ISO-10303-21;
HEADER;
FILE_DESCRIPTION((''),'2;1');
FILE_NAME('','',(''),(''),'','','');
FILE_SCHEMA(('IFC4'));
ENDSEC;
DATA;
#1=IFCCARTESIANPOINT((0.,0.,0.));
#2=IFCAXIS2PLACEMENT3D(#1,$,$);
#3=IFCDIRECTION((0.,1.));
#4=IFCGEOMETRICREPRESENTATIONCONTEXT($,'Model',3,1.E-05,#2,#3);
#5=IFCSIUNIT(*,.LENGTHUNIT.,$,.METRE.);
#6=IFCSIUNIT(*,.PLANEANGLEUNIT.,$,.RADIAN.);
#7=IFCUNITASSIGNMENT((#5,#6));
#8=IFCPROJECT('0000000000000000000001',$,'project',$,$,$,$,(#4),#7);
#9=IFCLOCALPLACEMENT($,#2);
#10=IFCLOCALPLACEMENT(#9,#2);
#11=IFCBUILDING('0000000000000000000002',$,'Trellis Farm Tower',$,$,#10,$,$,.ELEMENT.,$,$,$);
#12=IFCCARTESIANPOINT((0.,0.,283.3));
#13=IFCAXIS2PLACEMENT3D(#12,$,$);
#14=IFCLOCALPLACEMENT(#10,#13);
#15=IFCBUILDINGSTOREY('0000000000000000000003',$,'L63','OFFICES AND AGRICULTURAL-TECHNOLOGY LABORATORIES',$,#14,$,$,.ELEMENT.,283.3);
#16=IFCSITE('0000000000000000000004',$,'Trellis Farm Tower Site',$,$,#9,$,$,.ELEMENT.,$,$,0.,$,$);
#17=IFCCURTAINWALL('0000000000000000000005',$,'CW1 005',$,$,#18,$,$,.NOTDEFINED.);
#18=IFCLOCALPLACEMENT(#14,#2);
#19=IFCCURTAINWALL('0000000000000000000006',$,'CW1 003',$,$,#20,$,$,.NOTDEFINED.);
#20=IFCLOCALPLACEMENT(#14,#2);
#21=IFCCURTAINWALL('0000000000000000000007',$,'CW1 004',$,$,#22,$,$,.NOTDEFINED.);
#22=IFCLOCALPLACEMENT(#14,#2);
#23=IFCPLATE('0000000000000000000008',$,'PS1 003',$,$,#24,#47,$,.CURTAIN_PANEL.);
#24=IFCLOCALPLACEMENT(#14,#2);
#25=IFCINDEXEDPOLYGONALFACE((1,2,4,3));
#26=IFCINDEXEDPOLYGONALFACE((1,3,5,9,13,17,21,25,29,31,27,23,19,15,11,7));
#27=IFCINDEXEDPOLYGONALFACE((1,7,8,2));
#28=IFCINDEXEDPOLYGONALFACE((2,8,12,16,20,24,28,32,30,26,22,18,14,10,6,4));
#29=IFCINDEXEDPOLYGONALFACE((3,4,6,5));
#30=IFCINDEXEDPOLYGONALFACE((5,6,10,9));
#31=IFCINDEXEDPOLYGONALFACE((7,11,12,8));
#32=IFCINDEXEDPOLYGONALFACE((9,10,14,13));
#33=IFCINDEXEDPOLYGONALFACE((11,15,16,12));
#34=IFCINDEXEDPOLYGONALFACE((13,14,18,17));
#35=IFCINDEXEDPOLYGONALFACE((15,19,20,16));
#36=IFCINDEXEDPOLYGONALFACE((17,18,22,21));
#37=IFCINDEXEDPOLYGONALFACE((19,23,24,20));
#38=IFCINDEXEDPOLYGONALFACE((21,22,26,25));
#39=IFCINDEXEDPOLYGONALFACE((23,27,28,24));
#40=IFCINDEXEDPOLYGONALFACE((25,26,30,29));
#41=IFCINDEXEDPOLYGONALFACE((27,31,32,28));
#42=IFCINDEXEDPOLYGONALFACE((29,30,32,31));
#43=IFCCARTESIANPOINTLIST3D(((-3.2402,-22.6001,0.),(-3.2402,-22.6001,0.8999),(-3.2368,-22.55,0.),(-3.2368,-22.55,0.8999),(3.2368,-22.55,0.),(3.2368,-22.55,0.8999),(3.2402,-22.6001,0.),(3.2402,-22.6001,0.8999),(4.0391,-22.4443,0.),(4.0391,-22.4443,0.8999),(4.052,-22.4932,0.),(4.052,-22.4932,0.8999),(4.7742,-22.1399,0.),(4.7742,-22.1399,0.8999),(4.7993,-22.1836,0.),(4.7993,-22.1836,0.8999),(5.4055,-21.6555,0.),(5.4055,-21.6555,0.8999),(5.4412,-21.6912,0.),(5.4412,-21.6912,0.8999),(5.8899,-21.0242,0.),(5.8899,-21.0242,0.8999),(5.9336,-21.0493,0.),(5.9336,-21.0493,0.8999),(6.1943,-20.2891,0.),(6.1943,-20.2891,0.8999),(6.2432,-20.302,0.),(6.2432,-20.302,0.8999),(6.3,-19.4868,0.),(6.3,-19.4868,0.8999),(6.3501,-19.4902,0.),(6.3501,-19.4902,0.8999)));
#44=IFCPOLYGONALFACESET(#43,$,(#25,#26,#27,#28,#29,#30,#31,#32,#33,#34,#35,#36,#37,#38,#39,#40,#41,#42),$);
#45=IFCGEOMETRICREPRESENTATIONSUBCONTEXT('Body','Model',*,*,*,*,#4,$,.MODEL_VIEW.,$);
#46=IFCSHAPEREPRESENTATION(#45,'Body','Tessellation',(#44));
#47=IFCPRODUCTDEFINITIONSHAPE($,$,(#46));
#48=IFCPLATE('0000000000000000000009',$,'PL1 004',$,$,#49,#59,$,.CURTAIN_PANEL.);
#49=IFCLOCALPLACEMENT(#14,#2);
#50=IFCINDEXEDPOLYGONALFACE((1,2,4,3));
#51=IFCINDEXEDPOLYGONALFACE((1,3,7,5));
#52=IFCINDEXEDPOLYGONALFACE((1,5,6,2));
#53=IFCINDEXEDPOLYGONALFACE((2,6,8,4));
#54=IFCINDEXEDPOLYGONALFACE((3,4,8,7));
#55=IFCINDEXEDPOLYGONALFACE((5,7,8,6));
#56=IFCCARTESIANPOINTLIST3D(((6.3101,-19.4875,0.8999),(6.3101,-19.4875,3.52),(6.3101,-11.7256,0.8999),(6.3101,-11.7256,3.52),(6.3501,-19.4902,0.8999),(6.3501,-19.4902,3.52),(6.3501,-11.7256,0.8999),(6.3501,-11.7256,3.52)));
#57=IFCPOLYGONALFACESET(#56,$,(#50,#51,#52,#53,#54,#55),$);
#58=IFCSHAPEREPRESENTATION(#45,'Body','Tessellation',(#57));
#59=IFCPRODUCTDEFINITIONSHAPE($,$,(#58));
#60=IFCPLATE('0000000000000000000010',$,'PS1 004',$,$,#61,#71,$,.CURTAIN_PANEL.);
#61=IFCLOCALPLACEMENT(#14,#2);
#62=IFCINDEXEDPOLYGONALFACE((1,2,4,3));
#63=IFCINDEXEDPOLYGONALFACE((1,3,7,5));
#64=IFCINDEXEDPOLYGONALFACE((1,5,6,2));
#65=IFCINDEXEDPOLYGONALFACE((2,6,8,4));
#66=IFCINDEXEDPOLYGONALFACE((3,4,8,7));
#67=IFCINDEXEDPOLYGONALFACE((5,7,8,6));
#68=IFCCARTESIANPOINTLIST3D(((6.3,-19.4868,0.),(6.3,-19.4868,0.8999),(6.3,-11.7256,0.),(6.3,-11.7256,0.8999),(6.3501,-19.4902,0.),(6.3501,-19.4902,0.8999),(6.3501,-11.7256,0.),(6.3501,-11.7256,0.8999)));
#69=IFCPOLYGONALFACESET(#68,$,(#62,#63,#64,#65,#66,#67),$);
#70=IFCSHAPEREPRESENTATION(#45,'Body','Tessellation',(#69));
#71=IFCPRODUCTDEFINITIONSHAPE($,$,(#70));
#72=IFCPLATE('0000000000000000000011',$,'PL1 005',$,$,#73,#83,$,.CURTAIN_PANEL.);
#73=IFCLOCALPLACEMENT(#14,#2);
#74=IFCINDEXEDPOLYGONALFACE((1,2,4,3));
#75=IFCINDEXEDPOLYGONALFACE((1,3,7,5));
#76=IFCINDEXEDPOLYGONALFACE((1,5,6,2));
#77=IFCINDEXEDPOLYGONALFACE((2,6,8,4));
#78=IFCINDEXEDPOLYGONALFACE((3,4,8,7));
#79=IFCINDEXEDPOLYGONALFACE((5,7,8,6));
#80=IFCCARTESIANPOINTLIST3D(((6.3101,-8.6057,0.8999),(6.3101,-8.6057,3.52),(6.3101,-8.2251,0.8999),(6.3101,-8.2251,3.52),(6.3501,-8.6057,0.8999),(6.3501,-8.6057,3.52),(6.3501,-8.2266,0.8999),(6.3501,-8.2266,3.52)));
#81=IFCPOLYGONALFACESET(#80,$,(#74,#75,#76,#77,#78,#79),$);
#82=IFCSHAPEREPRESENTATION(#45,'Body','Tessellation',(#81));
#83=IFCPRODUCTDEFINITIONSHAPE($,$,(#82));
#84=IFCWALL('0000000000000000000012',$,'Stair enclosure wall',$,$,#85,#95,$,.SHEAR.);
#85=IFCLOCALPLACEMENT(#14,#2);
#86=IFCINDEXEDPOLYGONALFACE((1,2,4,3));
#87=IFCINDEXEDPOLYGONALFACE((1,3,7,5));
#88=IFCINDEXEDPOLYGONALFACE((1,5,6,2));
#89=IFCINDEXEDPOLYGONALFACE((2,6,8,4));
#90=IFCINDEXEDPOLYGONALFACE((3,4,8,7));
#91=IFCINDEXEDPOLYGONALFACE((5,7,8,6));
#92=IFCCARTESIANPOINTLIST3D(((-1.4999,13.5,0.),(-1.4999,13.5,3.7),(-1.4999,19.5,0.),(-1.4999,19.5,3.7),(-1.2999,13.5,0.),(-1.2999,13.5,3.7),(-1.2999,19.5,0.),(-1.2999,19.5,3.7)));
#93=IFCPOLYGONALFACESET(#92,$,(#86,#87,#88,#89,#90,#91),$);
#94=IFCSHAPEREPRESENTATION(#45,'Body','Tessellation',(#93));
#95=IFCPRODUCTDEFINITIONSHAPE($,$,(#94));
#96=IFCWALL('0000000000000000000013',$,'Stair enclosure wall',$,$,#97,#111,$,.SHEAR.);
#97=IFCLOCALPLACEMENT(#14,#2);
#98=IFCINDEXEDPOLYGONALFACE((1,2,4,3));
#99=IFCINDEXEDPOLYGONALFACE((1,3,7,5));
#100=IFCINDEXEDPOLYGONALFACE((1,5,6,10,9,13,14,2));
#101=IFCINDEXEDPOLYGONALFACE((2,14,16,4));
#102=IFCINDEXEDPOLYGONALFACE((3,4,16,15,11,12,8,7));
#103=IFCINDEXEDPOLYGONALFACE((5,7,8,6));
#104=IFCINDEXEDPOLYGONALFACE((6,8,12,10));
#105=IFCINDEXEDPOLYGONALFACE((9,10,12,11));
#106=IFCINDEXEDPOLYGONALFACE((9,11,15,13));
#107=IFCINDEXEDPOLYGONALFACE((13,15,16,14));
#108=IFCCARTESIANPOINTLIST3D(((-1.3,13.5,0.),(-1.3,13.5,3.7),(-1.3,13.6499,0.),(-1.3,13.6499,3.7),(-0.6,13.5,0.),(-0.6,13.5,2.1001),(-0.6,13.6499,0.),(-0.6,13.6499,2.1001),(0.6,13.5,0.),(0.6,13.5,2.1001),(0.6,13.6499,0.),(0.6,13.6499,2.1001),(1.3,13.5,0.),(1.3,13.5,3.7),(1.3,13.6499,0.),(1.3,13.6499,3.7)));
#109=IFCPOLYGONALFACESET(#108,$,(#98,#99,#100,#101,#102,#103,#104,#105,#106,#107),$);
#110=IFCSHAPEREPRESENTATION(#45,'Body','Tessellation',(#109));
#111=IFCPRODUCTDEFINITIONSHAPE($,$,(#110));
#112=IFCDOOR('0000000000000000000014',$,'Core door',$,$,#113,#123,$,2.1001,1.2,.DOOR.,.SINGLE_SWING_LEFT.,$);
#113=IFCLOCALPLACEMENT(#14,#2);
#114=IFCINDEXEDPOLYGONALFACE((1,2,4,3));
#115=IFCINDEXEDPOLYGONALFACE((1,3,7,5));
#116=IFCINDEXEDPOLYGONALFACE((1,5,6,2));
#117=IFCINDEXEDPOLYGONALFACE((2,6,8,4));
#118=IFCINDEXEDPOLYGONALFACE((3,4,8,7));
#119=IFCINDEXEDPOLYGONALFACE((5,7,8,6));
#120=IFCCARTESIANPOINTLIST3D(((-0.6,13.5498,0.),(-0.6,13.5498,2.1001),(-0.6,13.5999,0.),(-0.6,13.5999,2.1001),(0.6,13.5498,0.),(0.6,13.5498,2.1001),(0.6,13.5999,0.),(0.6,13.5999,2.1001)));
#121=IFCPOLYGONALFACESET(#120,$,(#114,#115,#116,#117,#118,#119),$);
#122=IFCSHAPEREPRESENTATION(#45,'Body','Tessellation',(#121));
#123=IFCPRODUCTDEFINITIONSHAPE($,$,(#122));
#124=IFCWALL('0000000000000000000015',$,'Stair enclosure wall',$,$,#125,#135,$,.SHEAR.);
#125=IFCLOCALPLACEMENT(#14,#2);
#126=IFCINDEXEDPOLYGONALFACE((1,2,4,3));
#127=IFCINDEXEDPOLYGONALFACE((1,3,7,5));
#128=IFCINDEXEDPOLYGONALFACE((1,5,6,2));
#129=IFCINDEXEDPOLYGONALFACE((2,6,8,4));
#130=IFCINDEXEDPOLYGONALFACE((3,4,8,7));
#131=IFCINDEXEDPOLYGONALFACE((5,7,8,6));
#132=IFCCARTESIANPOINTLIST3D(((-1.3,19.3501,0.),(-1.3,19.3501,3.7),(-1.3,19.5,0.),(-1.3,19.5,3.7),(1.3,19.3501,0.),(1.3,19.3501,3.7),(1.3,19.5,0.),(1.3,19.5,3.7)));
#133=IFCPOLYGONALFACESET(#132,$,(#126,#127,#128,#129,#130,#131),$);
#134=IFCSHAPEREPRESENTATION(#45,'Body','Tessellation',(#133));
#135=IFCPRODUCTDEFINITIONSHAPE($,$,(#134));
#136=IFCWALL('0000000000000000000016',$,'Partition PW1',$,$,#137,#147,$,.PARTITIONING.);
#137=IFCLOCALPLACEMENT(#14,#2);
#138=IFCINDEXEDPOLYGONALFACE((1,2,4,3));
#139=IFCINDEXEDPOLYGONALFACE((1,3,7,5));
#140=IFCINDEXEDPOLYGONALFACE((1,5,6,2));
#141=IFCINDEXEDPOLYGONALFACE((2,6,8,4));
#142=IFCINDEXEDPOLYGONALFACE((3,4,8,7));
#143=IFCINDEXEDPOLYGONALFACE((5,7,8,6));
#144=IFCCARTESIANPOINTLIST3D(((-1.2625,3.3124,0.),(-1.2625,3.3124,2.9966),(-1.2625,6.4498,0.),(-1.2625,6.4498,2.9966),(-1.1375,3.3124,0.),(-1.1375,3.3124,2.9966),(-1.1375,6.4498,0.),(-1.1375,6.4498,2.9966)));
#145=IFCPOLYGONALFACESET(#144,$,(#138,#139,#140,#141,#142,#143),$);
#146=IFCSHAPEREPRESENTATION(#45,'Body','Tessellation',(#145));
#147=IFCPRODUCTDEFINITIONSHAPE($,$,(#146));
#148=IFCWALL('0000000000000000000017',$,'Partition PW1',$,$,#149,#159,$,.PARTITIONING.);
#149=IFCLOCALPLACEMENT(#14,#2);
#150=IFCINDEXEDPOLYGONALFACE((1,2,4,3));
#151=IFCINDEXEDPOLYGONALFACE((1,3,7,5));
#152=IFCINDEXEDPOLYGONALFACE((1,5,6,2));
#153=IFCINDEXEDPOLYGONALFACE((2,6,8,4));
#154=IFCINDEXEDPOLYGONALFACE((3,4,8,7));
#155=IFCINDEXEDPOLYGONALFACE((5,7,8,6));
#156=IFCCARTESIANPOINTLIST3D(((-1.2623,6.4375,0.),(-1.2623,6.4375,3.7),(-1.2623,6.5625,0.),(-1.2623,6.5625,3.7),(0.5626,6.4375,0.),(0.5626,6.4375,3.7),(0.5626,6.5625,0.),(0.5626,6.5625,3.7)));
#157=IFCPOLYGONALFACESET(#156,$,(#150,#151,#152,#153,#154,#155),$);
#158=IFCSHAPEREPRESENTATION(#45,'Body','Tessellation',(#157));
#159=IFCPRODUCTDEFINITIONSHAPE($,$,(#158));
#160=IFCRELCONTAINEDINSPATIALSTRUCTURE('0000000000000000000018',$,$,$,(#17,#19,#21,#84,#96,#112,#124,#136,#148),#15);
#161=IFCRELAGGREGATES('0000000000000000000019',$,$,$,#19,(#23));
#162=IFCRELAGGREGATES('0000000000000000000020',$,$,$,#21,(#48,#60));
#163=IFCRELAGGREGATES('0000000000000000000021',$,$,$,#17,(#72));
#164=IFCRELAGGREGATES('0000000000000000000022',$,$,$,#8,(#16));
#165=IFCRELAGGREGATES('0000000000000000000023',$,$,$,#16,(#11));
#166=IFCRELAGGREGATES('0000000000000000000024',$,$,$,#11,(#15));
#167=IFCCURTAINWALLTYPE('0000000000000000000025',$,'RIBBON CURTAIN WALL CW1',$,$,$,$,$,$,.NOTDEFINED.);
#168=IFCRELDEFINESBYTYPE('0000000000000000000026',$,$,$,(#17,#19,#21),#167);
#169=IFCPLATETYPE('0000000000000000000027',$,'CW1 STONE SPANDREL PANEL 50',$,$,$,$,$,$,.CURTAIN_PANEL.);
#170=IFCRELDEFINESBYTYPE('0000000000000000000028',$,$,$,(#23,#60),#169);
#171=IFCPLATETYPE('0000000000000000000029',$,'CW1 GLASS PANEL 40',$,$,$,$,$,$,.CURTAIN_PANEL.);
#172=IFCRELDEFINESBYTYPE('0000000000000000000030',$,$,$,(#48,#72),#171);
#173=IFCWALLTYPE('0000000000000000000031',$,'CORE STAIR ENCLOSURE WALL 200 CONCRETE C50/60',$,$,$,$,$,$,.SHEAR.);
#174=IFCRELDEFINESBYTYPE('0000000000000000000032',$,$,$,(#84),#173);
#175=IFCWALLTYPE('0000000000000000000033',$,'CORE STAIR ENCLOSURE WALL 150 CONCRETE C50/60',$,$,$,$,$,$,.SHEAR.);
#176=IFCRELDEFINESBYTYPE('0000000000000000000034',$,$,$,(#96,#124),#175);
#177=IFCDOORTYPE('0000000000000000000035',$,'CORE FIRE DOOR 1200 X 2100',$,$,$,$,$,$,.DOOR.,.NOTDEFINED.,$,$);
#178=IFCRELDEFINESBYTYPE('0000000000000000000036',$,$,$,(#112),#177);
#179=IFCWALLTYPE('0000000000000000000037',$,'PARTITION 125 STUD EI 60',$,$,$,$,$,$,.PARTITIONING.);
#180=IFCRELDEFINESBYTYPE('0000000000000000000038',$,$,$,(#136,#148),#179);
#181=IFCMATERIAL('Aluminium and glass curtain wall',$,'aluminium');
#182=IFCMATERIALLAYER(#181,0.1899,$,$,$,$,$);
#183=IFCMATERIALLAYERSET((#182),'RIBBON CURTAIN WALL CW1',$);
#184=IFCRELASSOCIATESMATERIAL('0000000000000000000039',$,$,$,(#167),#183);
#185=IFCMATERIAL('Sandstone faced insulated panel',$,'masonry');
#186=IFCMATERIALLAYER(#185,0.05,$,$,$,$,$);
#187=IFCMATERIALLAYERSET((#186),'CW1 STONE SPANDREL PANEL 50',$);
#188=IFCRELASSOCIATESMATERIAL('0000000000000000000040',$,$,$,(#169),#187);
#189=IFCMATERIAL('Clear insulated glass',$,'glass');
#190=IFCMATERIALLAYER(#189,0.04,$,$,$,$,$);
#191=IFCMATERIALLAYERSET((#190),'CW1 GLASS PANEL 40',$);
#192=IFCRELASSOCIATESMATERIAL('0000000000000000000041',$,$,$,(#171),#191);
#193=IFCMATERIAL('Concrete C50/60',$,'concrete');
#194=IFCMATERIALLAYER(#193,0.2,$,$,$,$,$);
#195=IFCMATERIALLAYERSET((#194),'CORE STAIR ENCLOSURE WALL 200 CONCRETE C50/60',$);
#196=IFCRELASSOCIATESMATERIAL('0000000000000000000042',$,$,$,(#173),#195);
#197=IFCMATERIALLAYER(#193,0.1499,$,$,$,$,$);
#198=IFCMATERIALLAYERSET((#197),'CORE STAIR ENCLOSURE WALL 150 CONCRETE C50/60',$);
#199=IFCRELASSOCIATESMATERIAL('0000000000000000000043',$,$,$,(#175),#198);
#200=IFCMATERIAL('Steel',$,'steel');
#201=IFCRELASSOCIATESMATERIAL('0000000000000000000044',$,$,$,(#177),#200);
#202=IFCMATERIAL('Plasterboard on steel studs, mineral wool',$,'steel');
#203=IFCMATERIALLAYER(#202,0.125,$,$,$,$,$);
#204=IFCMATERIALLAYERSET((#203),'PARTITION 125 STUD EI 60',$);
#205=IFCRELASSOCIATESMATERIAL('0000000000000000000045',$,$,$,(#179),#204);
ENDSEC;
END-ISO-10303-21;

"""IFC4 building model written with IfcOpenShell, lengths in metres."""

from ifc_helpers import new_model, si_unit, direction, frame, frame_2d, origin, place, context, subcontext, project, spatial, polyline, rectangle, outline, extrude, source, transform, mapped, material, layer, layer_set, type_object, element, fill, aggregate, save


model = new_model("IFC4")

# Units and contexts
model_context = context("Model", 3, precision=1e-05, world=origin(), true_north=direction((0.0, 1.0)))
body_context = subcontext(model_context, "Body", "Model", "MODEL_VIEW")
ifc_project = project(units=[si_unit("LENGTHUNIT", "METRE"), si_unit("PLANEANGLEUNIT", "RADIAN")], contexts=[model_context])

# Site, building, storey
site_placement = place(None, origin())
site = spatial("IfcSite", under=ifc_project, at=site_placement, Name="Trellis Farm Tower Site", CompositionType="ELEMENT", RefElevation=0.0)
building_placement = place(site_placement, origin())
building = spatial("IfcBuilding", under=site, at=building_placement, Name="Trellis Farm Tower", CompositionType="ELEMENT")
storey_placement = place(building_placement, frame((0.0, 0.0, 283.3)))
storey = spatial("IfcBuildingStorey", under=building, at=storey_placement, Name="L63", Description="OFFICES AND AGRICULTURAL-TECHNOLOGY LABORATORIES", CompositionType="ELEMENT", Elevation=283.3)

# Curtain walls
ifc_material_1 = material(Name="Aluminium and glass curtain wall", Category="aluminium")
placement_1 = place(storey_placement, origin())
ifc_layer_1 = layer(ifc_material_1, 0.1899)
ifc_layer_set_1 = layer_set([ifc_layer_1], Name="RIBBON CURTAIN WALL CW1")
curtain_wall_type_1 = type_object("IfcCurtainWallType", Name="RIBBON CURTAIN WALL CW1", PredefinedType="NOTDEFINED", material=ifc_layer_set_1)
curtain_wall_1 = element("IfcCurtainWall", 1, at=placement_1, inside=storey, type_object=curtain_wall_type_1, Name="CW1 005", PredefinedType="NOTDEFINED")
curtain_wall_2 = element("IfcCurtainWall", 2, at=placement_1, inside=storey, type_object=curtain_wall_type_1, Name="CW1 003", PredefinedType="NOTDEFINED")
curtain_wall_3 = element("IfcCurtainWall", 3, at=placement_1, inside=storey, type_object=curtain_wall_type_1, Name="CW1 004", PredefinedType="NOTDEFINED")

# Plates
ifc_material_2 = material(Name="Sandstone faced insulated panel", Category="masonry")
ifc_layer_2 = layer(ifc_material_2, 0.05)
ifc_layer_set_2 = layer_set([ifc_layer_2], Name="CW1 STONE SPANDREL PANEL 50")
plate_type_1 = type_object("IfcPlateType", Name="CW1 STONE SPANDREL PANEL 50", PredefinedType="CURTAIN_PANEL", material=ifc_layer_set_2)
ifc_material_3 = material(Name="Clear insulated glass", Category="glass")
ifc_layer_3 = layer(ifc_material_3, 0.04)
ifc_layer_set_3 = layer_set([ifc_layer_3], Name="CW1 GLASS PANEL 40")
plate_type_2 = type_object("IfcPlateType", Name="CW1 GLASS PANEL 40", PredefinedType="CURTAIN_PANEL", material=ifc_layer_set_3)
placement_2 = place(storey_placement, frame((0.0, 0.0, 0.8999)))
shared_shape_1 = source(origin(), body_context, "Body", "SweptSolid", [
    extrude(outline(polyline([(-3.2402, -22.6001), (3.2402, -22.6001), (4.052, -22.4932), (4.7993, -22.1836), (5.4412, -21.6912), (5.9336, -21.0493), (6.2432, -20.302), (6.3501, -19.4902), (6.3, -19.4868), (6.1943, -20.2891), (5.8899, -21.0242), (5.4055, -21.6555), (4.7742, -22.1399), (4.0391, -22.4443), (3.2368, -22.55), (-3.2368, -22.55), (-3.2402, -22.6001)])), origin(), (0.0, 0.0, 1.0), 0.8999),
])
plate_1 = element("IfcPlate", 4, at=placement_1, type_object=plate_type_1, Name="PS1 003", PredefinedType="CURTAIN_PANEL", context=body_context, shape_type="MappedRepresentation", body=[
    mapped(shared_shape_1, transform((0.0, 0.0, 0.0))),
])
aggregate(curtain_wall_2, [plate_1])
shared_shape_2 = source(origin(), body_context, "Body", "SweptSolid", [
    extrude(outline(polyline([(6.3501, -19.4902), (6.3501, -11.7256), (6.3101, -11.7256), (6.3101, -19.4875), (6.3501, -19.4902)])), origin(), (0.0, 0.0, 1.0), 2.6201),
])
plate_2 = element("IfcPlate", 5, at=placement_2, type_object=plate_type_2, Name="PL1 004", PredefinedType="CURTAIN_PANEL", context=body_context, shape_type="MappedRepresentation", body=[
    mapped(shared_shape_2, transform((0.0, 0.0, 0.0))),
])
shared_shape_3 = source(origin(), body_context, "Body", "SweptSolid", [
    extrude(outline(polyline([(6.3501, -19.4902), (6.3501, -11.7256), (6.3, -11.7256), (6.3, -19.4868), (6.3501, -19.4902)])), origin(), (0.0, 0.0, 1.0), 0.8999),
])
plate_3 = element("IfcPlate", 6, at=placement_1, type_object=plate_type_1, Name="PS1 004", PredefinedType="CURTAIN_PANEL", context=body_context, shape_type="MappedRepresentation", body=[
    mapped(shared_shape_3, transform((0.0, 0.0, 0.0))),
])
aggregate(curtain_wall_3, [plate_2, plate_3])
shared_shape_4 = source(origin(), body_context, "Body", "SweptSolid", [
    extrude(outline(polyline([(6.3501, -8.6057), (6.3501, -8.2266), (6.3101, -8.2251), (6.3101, -8.6057), (6.3501, -8.6057)])), origin(), (0.0, 0.0, 1.0), 2.6201),
])
plate_4 = element("IfcPlate", 7, at=placement_2, type_object=plate_type_2, Name="PL1 005", PredefinedType="CURTAIN_PANEL", context=body_context, shape_type="MappedRepresentation", body=[
    mapped(shared_shape_4, transform((0.0, 0.0, 0.0))),
])
aggregate(curtain_wall_1, [plate_4])

# Wall
ifc_material_4 = material(Name="Concrete C50/60", Category="concrete")
ifc_layer_4 = layer(ifc_material_4, 0.2)
ifc_layer_set_4 = layer_set([ifc_layer_4], Name="CORE STAIR ENCLOSURE WALL 200 CONCRETE C50/60")
wall_type_1 = type_object("IfcWallType", Name="CORE STAIR ENCLOSURE WALL 200 CONCRETE C50/60", PredefinedType="SHEAR", material=ifc_layer_set_4)
shared_shape_5 = source(origin(), body_context, "Body", "SweptSolid", [
    extrude(rectangle(XDim=6.0, YDim=0.2, at=frame_2d((3.0, 0.0))), origin(), (0.0, 0.0, 1.0), 3.7),
])
wall_1_placement = place(storey_placement, frame((-1.3999, 13.5, 0.0), z_axis=(0.0, 0.0, 1.0), x_axis=(0.0, 1.0, 0.0)))
element("IfcWall", 8, at=wall_1_placement, inside=storey, type_object=wall_type_1, Name="Stair enclosure wall", PredefinedType="SHEAR", context=body_context, shape_type="MappedRepresentation", body=[
    mapped(shared_shape_5, transform((0.0, 0.0, 0.0))),
])

# Wall, opening, door
ifc_layer_5 = layer(ifc_material_4, 0.1499)
ifc_layer_set_5 = layer_set([ifc_layer_5], Name="CORE STAIR ENCLOSURE WALL 150 CONCRETE C50/60")
wall_type_2 = type_object("IfcWallType", Name="CORE STAIR ENCLOSURE WALL 150 CONCRETE C50/60", PredefinedType="SHEAR", material=ifc_layer_set_5)
shared_shape_6 = source(origin(), body_context, "Body", "SweptSolid", [
    extrude(rectangle(XDim=2.6001, YDim=0.1499, at=frame_2d((1.3, 0.0))), origin(), (0.0, 0.0, 1.0), 3.7),
])
wall_2_placement = place(storey_placement, frame((-1.3, 13.575, 0.0), z_axis=(0.0, 0.0, 1.0), x_axis=(1.0, 0.0, 0.0)))
wall_2 = element("IfcWall", 9, at=wall_2_placement, inside=storey, type_object=wall_type_2, Name="Stair enclosure wall", PredefinedType="SHEAR", context=body_context, shape_type="MappedRepresentation", body=[
    mapped(shared_shape_6, transform((0.0, 0.0, 0.0))),
])
shared_shape_7 = source(origin(), body_context, "Body", "SweptSolid", [
    extrude(rectangle(XDim=1.2, YDim=2.1001, at=frame_2d((0.6001, 1.05))), frame((0.0, 0.085, 0.0), z_axis=(0.0, -1.0, 0.0), x_axis=(1.0, 0.0, 0.0)), (0.0, 0.0, 1.0), 0.1699),
])
opening_1_placement = place(wall_2_placement, frame((0.7, 0.0, 0.0)))
opening_1 = element("IfcOpeningElement", 10, at=opening_1_placement, cuts=wall_2, PredefinedType="OPENING", context=body_context, shape_type="MappedRepresentation", body=[
    mapped(shared_shape_7, transform((0.0, 0.0, 0.0))),
])
ifc_material_5 = material(Name="Steel", Category="steel")
door_type_1 = type_object("IfcDoorType", Name="CORE FIRE DOOR 1200 X 2100", OperationType="NOTDEFINED", PredefinedType="DOOR", material=ifc_material_5)
shared_shape_8 = source(origin(), body_context, "Body", "SweptSolid", [
    extrude(rectangle(XDim=1.2, YDim=2.1001, at=frame_2d((0.6001, 1.05))), frame((0.0, 0.0249, 0.0), z_axis=(0.0, -1.0, 0.0), x_axis=(1.0, 0.0, 0.0)), (0.0, 0.0, 1.0), 0.05),
])
door_1_placement = place(opening_1_placement, origin())
door_1 = element("IfcDoor", 11, at=door_1_placement, inside=storey, type_object=door_type_1, Name="Core door", OperationType="SINGLE_SWING_LEFT", OverallHeight=2.1001, OverallWidth=1.2, PredefinedType="DOOR", context=body_context, shape_type="MappedRepresentation", body=[
    mapped(shared_shape_8, transform((0.0, 0.0, 0.0))),
])
fill(opening_1, door_1)

# Walls
wall_3_placement = place(storey_placement, frame((-1.3, 19.425, 0.0), z_axis=(0.0, 0.0, 1.0), x_axis=(1.0, 0.0, 0.0)))
element("IfcWall", 12, at=wall_3_placement, inside=storey, type_object=wall_type_2, Name="Stair enclosure wall", PredefinedType="SHEAR", context=body_context, shape_type="MappedRepresentation", body=[
    mapped(shared_shape_6, transform((0.0, 0.0, 0.0))),
])
ifc_material_6 = material(Name="Plasterboard on steel studs, mineral wool", Category="steel")
ifc_layer_6 = layer(ifc_material_6, 0.125)
ifc_layer_set_6 = layer_set([ifc_layer_6], Name="PARTITION 125 STUD EI 60")
wall_type_3 = type_object("IfcWallType", Name="PARTITION 125 STUD EI 60", PredefinedType="PARTITIONING", material=ifc_layer_set_6)
shared_shape_9 = source(origin(), body_context, "Body", "SweptSolid", [
    extrude(rectangle(XDim=3.1375, YDim=0.125, at=frame_2d((1.5688, 0.0))), origin(), (0.0, 0.0, 1.0), 2.9966),
])
wall_4_placement = place(storey_placement, frame((-1.2, 6.45, 0.0), z_axis=(0.0, 0.0, 1.0), x_axis=(0.0, -1.0, 0.0)))
element("IfcWall", 13, at=wall_4_placement, inside=storey, type_object=wall_type_3, Name="Partition PW1", PredefinedType="PARTITIONING", context=body_context, shape_type="MappedRepresentation", body=[
    mapped(shared_shape_9, transform((0.0, 0.0, 0.0))),
])
shared_shape_10 = source(origin(), body_context, "Body", "SweptSolid", [
    extrude(rectangle(XDim=1.825, YDim=0.125, at=frame_2d((0.9126, 0.0))), origin(), (0.0, 0.0, 1.0), 3.7),
])
wall_5_placement = place(storey_placement, frame((-1.2625, 6.5, 0.0), z_axis=(0.0, 0.0, 1.0), x_axis=(1.0, 0.0, 0.0)))
element("IfcWall", 14, at=wall_5_placement, inside=storey, type_object=wall_type_3, Name="Partition PW1", PredefinedType="PARTITIONING", context=body_context, shape_type="MappedRepresentation", body=[
    mapped(shared_shape_10, transform((0.0, 0.0, 0.0))),
])

save(model, "model.ifc")
